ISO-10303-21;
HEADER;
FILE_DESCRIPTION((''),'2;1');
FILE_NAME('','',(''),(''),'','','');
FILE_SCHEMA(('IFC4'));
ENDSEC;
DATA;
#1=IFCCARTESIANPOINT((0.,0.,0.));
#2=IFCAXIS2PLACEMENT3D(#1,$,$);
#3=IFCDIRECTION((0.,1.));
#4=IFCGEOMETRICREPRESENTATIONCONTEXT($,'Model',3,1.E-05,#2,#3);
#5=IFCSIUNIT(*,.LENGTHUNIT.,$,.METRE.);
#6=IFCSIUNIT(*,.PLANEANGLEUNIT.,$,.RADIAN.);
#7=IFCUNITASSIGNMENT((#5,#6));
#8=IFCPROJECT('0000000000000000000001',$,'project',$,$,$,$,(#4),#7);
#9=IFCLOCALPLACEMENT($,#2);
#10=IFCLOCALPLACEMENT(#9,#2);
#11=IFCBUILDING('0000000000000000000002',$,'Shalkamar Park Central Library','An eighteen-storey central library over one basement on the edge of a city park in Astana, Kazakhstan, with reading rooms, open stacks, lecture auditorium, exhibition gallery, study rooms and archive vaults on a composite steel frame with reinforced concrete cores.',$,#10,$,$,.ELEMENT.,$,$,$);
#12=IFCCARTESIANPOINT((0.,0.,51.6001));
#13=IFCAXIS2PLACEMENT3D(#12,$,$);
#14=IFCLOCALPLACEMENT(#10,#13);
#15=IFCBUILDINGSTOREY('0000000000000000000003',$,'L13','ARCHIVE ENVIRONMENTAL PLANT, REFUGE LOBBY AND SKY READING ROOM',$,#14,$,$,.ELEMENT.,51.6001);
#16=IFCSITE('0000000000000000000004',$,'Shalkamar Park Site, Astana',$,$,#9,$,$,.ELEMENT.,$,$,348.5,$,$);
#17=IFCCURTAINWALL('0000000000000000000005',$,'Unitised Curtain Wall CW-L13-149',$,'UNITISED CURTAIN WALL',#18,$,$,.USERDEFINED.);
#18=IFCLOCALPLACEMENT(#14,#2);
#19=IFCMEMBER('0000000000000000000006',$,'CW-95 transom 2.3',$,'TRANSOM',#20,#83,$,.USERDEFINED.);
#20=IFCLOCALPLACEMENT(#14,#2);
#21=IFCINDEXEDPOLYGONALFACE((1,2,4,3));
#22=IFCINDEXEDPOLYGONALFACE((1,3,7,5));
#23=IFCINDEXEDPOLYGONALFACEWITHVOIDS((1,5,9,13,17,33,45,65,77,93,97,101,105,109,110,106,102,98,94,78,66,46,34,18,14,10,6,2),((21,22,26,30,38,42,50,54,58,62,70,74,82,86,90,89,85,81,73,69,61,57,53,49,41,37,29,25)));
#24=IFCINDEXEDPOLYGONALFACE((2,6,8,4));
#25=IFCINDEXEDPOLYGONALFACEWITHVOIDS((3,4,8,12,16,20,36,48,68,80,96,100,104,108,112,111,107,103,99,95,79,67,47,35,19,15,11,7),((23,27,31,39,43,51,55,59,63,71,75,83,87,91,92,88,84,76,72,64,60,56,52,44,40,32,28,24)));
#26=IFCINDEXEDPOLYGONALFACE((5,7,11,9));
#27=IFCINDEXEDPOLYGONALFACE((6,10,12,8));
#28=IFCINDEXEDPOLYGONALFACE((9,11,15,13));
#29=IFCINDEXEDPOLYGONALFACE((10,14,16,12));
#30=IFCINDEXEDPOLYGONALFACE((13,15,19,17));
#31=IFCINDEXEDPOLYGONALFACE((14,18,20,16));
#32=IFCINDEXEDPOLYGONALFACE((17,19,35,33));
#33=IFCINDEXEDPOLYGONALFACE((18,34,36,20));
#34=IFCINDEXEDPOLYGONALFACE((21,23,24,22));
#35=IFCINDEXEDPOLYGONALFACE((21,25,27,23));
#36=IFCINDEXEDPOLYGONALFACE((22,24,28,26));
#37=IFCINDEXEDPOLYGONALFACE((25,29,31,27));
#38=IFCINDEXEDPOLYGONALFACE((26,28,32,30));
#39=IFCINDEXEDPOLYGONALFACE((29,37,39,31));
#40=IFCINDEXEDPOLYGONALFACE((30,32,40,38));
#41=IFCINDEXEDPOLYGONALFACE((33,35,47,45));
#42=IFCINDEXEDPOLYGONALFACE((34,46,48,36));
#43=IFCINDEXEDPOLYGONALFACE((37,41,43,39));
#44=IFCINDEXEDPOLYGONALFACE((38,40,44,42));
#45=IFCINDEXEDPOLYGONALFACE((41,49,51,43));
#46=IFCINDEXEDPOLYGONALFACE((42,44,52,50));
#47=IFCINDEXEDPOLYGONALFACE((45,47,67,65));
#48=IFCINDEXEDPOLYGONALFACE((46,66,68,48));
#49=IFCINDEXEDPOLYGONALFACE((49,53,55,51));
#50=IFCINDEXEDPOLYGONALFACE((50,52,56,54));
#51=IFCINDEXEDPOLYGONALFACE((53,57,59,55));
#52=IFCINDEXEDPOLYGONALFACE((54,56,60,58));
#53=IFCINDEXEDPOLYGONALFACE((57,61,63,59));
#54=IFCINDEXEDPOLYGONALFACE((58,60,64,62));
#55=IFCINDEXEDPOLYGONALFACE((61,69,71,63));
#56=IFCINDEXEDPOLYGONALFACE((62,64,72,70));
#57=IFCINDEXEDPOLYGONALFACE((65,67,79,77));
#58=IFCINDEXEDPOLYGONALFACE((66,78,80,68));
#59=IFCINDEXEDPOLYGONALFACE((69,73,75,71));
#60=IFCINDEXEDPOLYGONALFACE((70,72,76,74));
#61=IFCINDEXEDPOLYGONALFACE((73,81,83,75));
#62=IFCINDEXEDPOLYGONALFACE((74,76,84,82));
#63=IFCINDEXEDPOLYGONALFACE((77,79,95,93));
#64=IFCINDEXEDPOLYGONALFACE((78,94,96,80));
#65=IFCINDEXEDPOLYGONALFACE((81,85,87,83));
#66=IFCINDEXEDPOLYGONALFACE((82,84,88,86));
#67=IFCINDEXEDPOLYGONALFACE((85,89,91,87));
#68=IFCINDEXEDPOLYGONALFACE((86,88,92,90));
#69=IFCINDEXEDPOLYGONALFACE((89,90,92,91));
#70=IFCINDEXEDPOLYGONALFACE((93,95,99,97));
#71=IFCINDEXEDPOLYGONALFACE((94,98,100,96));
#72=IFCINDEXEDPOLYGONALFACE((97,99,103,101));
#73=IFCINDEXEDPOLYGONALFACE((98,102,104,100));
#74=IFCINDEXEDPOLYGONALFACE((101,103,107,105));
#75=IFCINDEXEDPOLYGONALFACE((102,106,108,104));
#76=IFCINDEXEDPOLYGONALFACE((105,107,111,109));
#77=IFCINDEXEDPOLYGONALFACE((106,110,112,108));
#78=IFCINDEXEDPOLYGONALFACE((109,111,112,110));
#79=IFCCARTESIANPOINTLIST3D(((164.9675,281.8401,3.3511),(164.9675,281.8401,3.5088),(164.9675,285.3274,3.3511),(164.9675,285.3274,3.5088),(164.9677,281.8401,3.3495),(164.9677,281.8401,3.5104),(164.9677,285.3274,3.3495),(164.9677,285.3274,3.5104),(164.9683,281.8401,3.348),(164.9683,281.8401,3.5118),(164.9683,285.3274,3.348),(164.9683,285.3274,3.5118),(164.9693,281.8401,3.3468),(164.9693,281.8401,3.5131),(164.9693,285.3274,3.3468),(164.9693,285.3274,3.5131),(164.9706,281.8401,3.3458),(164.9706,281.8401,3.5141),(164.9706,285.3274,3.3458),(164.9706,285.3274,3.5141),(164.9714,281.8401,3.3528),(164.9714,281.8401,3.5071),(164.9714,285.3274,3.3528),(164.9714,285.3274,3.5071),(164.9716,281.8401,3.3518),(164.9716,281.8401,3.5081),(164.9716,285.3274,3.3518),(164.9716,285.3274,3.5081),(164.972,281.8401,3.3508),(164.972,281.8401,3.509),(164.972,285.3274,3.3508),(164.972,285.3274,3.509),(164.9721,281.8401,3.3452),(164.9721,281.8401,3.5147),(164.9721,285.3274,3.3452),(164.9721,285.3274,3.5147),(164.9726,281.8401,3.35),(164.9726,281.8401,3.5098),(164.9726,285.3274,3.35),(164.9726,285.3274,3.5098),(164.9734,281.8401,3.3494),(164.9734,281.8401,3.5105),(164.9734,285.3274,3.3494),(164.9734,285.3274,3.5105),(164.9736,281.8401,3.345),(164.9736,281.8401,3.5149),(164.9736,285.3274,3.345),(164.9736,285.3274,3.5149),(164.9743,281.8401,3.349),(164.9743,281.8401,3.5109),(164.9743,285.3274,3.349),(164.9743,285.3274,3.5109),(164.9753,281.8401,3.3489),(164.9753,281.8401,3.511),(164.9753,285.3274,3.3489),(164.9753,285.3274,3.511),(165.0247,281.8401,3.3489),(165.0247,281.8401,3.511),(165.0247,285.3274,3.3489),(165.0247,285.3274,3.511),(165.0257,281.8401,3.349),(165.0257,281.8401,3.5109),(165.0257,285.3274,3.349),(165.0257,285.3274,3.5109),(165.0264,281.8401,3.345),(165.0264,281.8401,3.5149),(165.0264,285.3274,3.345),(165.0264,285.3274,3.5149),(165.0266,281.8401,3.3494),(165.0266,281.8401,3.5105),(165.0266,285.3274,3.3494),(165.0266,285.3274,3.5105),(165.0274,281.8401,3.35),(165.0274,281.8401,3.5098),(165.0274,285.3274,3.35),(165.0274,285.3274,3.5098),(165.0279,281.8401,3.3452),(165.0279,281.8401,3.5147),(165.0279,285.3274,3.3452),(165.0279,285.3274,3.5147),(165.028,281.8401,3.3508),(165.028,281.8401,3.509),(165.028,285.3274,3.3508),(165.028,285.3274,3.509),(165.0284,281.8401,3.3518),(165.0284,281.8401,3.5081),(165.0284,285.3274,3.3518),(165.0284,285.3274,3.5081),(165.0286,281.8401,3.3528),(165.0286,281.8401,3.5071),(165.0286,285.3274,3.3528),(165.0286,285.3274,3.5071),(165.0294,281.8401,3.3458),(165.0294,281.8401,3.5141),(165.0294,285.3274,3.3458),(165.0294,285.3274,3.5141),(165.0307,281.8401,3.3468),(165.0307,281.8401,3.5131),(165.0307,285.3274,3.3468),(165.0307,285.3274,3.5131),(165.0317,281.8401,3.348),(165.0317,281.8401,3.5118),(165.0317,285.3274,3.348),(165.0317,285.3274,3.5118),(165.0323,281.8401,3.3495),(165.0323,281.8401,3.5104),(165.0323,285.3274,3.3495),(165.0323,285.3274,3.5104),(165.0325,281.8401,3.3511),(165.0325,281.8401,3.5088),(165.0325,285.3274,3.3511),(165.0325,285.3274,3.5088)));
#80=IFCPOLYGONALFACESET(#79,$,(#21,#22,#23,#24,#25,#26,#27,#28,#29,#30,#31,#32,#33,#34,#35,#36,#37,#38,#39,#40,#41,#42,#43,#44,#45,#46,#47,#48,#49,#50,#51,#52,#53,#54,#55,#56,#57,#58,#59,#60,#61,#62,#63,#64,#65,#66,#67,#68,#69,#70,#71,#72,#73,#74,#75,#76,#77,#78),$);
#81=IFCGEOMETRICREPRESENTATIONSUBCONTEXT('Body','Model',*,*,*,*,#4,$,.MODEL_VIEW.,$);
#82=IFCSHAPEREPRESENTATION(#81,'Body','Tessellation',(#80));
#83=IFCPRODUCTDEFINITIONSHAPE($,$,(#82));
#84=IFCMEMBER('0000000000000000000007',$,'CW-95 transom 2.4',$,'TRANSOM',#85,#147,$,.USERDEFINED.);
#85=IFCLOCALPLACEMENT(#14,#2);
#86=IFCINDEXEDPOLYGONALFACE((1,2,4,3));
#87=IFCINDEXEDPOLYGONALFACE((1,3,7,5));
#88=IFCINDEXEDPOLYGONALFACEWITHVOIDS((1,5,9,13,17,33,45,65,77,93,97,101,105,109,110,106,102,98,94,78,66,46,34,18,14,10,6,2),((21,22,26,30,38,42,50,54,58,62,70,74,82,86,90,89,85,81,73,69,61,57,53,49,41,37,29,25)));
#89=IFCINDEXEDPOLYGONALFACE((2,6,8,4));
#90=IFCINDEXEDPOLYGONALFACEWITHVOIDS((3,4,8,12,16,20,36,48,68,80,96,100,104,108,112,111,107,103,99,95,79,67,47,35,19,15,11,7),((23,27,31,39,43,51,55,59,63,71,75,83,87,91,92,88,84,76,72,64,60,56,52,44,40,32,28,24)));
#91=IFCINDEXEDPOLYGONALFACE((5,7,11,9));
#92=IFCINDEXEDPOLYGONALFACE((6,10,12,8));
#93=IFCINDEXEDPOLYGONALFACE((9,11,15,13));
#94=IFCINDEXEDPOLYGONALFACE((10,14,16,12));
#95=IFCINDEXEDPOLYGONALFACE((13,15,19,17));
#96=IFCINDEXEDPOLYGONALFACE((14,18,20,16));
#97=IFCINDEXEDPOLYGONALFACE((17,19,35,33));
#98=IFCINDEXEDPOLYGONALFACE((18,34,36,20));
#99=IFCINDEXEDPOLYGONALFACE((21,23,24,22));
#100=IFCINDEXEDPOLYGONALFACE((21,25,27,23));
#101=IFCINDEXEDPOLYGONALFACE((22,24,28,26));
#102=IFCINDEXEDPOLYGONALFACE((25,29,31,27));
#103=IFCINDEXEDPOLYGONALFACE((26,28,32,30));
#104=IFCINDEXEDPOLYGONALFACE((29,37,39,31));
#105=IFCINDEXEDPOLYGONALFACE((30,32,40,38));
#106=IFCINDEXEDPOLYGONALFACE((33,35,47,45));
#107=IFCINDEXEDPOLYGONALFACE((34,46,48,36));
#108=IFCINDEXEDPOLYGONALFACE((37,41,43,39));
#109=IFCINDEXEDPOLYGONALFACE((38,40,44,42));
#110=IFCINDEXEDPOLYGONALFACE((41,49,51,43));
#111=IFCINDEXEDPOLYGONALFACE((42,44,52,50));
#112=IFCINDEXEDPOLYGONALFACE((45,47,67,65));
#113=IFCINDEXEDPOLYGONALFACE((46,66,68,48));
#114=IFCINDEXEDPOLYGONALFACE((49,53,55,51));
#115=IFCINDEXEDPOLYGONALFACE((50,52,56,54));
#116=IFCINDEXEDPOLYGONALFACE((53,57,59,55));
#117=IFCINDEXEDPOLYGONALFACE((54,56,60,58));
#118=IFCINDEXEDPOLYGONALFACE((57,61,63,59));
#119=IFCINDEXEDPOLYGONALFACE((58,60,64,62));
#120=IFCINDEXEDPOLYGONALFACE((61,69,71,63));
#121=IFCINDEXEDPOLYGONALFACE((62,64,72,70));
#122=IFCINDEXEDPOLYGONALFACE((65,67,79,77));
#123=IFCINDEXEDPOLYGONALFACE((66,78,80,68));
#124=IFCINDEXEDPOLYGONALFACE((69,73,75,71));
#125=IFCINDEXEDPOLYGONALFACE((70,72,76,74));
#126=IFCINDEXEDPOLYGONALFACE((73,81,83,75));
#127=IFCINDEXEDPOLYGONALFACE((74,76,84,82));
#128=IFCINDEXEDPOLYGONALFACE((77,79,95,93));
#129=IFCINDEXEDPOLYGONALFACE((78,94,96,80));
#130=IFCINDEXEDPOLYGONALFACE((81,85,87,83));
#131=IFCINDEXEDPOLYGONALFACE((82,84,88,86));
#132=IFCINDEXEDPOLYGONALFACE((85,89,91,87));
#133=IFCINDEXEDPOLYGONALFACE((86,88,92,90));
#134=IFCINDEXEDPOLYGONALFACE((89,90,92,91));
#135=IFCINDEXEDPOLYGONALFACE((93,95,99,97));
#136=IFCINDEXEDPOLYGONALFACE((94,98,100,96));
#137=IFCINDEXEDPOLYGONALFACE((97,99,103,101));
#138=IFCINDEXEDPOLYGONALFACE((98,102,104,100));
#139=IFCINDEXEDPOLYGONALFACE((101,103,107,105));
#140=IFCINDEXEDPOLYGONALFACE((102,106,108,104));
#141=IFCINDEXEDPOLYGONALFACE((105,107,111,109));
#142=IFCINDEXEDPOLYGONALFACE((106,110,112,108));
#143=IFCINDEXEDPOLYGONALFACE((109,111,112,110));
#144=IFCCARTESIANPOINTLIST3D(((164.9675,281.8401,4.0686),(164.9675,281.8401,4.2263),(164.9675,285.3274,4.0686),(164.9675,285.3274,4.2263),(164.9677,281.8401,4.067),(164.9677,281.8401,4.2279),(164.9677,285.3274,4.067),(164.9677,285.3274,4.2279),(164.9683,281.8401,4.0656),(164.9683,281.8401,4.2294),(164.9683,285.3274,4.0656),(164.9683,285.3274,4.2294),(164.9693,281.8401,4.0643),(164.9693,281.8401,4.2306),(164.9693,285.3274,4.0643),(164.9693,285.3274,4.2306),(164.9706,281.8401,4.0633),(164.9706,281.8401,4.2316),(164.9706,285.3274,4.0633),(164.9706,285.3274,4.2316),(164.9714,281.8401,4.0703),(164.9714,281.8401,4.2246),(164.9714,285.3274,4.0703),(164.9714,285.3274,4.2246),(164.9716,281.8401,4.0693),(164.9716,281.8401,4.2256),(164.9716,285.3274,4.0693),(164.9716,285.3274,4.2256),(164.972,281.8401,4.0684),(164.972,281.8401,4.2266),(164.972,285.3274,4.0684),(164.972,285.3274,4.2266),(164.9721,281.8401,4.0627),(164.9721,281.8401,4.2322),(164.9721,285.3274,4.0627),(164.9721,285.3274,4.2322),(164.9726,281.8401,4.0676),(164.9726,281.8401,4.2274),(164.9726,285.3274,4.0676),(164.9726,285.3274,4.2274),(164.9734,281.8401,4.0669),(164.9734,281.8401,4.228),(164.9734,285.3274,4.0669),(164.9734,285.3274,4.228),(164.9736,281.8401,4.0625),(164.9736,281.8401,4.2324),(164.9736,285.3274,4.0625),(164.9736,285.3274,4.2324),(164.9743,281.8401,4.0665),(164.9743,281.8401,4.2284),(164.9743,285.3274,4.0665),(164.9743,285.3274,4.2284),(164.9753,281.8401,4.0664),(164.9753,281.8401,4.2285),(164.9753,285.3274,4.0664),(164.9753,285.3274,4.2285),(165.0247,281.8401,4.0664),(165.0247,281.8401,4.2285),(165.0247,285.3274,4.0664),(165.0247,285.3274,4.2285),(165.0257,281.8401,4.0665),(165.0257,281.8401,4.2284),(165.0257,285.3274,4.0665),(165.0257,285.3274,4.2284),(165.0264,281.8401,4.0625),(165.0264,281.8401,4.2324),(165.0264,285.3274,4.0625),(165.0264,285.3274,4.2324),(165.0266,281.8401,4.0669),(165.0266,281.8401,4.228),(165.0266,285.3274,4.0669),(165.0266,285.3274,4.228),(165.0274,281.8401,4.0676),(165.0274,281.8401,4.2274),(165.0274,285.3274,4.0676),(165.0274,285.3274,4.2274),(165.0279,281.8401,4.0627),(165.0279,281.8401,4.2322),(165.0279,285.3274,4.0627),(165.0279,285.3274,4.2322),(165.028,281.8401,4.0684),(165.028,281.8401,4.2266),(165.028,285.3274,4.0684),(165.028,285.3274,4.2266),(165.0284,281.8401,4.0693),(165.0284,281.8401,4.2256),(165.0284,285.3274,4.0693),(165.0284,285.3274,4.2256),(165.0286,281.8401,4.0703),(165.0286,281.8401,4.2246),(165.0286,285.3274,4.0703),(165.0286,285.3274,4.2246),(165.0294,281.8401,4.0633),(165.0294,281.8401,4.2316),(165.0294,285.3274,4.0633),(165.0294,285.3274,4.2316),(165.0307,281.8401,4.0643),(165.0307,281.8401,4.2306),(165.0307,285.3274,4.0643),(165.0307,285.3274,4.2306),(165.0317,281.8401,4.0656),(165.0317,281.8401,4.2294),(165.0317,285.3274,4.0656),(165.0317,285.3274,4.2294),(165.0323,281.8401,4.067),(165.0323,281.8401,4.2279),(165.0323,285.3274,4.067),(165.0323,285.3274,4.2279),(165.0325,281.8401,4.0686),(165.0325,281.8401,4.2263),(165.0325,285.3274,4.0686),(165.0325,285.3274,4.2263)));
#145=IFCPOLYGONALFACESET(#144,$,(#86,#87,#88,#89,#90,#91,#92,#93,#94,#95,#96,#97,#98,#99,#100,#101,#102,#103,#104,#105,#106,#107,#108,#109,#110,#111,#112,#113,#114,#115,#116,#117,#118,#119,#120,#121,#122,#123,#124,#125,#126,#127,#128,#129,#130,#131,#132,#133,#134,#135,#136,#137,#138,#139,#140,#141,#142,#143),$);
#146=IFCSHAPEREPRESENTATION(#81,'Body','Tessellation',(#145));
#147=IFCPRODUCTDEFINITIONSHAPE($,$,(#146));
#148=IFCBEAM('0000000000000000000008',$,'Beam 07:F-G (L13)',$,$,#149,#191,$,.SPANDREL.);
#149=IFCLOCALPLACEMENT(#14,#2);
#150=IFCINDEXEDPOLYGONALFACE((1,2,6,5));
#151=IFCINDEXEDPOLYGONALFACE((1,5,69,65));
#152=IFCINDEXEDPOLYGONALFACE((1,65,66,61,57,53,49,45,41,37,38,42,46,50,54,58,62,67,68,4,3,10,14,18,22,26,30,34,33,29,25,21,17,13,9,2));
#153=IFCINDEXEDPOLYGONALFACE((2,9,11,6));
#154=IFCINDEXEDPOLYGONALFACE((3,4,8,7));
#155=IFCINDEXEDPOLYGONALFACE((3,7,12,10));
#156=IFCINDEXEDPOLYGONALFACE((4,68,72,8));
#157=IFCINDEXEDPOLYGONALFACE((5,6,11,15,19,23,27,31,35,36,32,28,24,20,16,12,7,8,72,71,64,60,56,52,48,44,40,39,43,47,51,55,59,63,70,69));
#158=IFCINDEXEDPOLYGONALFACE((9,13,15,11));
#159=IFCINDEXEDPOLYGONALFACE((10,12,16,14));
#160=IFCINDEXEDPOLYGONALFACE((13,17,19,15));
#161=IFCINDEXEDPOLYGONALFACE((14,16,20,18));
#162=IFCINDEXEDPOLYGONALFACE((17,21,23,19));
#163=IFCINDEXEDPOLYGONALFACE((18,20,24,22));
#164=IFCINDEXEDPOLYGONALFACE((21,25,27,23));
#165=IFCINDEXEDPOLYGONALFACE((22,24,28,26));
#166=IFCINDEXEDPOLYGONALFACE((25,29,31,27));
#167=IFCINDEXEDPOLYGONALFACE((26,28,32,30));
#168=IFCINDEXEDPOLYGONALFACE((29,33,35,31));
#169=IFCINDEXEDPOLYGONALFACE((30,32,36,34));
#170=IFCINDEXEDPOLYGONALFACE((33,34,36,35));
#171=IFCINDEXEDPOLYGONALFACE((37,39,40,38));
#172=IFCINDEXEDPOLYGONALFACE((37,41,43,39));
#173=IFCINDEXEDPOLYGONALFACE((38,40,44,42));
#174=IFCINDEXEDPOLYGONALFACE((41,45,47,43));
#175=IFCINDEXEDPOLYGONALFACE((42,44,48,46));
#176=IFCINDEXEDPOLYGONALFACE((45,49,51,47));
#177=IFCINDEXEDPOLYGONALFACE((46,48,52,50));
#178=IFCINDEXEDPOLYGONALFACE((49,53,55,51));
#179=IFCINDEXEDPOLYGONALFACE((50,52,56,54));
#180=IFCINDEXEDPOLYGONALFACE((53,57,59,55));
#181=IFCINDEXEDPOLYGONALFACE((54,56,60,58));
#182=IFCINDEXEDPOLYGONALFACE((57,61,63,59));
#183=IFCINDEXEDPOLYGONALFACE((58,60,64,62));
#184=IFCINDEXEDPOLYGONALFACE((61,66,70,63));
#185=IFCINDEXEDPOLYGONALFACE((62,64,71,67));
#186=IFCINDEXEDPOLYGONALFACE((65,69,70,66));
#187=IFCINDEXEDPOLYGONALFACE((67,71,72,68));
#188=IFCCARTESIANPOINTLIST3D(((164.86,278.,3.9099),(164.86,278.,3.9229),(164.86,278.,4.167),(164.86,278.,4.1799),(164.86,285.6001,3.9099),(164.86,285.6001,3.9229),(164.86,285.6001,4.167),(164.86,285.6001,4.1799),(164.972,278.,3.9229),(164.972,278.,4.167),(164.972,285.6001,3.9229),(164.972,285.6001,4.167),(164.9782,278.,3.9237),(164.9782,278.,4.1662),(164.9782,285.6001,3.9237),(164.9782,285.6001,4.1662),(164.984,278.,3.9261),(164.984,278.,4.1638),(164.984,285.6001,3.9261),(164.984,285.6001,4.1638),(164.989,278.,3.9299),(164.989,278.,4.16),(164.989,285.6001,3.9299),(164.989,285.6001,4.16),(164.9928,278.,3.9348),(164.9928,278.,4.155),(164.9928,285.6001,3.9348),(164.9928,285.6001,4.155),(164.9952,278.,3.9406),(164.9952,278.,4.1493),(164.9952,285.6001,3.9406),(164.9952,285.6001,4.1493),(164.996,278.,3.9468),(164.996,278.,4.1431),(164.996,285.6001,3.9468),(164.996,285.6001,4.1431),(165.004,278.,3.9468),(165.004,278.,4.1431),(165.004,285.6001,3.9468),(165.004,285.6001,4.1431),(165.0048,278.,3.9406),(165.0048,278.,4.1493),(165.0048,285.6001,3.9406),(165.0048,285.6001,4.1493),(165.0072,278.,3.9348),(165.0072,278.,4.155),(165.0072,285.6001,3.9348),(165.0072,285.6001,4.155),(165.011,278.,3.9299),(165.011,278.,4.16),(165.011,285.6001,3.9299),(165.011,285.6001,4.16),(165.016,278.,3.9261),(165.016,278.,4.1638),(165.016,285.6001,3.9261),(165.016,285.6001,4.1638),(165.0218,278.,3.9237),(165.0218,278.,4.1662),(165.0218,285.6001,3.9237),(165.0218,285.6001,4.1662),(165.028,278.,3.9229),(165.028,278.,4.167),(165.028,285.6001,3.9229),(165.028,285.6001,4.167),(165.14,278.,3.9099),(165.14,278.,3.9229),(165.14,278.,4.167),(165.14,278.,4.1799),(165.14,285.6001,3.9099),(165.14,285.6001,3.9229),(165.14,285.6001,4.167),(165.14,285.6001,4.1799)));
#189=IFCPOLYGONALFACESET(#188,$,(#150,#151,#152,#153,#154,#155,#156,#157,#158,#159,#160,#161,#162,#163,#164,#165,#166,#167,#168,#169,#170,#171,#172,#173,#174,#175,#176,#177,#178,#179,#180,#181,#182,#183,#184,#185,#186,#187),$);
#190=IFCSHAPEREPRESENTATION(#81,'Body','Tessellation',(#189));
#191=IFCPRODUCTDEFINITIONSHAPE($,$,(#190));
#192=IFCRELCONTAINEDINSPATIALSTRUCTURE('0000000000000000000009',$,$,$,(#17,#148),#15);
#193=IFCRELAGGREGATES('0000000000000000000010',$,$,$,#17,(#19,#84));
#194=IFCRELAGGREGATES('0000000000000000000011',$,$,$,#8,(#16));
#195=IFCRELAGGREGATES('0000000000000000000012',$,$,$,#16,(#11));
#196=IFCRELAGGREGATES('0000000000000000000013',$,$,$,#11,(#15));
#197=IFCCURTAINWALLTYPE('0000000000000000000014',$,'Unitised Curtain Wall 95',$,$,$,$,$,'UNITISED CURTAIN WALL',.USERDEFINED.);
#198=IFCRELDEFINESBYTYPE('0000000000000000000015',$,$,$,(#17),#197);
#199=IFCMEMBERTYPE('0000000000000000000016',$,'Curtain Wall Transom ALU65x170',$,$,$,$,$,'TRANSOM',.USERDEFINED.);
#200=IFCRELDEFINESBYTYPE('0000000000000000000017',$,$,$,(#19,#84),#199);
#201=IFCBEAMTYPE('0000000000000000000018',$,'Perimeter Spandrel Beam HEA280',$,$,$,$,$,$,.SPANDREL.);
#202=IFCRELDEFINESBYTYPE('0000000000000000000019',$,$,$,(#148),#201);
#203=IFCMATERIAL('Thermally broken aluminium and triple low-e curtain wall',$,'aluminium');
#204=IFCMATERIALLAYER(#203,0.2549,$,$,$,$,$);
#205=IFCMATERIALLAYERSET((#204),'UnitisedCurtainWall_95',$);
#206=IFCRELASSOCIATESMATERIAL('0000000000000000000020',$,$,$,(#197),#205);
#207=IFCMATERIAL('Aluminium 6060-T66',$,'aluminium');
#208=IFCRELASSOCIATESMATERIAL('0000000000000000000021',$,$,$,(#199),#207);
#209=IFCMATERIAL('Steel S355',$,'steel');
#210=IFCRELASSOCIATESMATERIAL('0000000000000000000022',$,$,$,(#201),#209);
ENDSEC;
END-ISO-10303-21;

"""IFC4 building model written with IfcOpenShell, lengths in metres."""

from ifc_helpers import new_model, si_unit, direction, frame, origin, origin_2d, place, context, subcontext, project, spatial, hollow_rectangle, i_section, extrude, material, layer, layer_set, material_profile, profile_set, type_object, element, aggregate, save


model = new_model("IFC4")

# Units and contexts
model_context = context("Model", 3, precision=1e-05, world=origin(), true_north=direction((0.0, 1.0)))
body_context = subcontext(model_context, "Body", "Model", "MODEL_VIEW")
ifc_project = project(units=[si_unit("LENGTHUNIT", "METRE"), si_unit("PLANEANGLEUNIT", "RADIAN")], contexts=[model_context])

# Site, building, storey
site_placement = place(None, origin())
site = spatial("IfcSite", under=ifc_project, at=site_placement, Name="Shalkamar Park Site, Astana", CompositionType="ELEMENT", RefElevation=348.5)
building_placement = place(site_placement, origin())
building = spatial("IfcBuilding", under=site, at=building_placement, Name="Shalkamar Park Central Library", Description="An eighteen-storey central library over one basement on the edge of a city park in Astana, Kazakhstan, with reading rooms, open stacks, lecture auditorium, exhibition gallery, study rooms and archive vaults on a composite steel frame with reinforced concrete cores.", CompositionType="ELEMENT")
storey_placement = place(building_placement, frame((0.0, 0.0, 51.6001)))
storey = spatial("IfcBuildingStorey", under=building, at=storey_placement, Name="L13", Description="ARCHIVE ENVIRONMENTAL PLANT, REFUGE LOBBY AND SKY READING ROOM", CompositionType="ELEMENT", Elevation=51.6001)

# Shared definitions
ifc_material_1 = material(Name="Steel S355", Category="steel")

# Curtain wall, members
ifc_material_2 = material(Name="Thermally broken aluminium and triple low-e curtain wall", Category="aluminium")
ifc_layer_1 = layer(ifc_material_2, 0.2549)
ifc_layer_set_1 = layer_set([ifc_layer_1], Name="UnitisedCurtainWall_95")
curtain_wall_type = type_object("IfcCurtainWallType", Name="Unitised Curtain Wall 95", ElementType="UNITISED CURTAIN WALL", PredefinedType="USERDEFINED", material=ifc_layer_set_1)
curtain_wall_placement = place(storey_placement, origin())
curtain_wall = element("IfcCurtainWall", 1, at=curtain_wall_placement, inside=storey, type_object=curtain_wall_type, Name="Unitised Curtain Wall CW-L13-149", ObjectType="UNITISED CURTAIN WALL", PredefinedType="USERDEFINED")
ifc_material_3 = material(Name="Aluminium 6060-T66", Category="aluminium")
ifc_material_profile_1 = material_profile(ifc_material_3, hollow_rectangle(XDim=0.0649, YDim=0.1699, WallThickness=0.0039, InnerFilletRadius=0.0039, OuterFilletRadius=0.0061, at=origin_2d()), Name="ALU 65x170x4")
ifc_profile_set_1 = profile_set([ifc_material_profile_1], Name="Aluminium 6060-T66")
member_type_1 = type_object("IfcMemberType", Name="Curtain Wall Transom ALU65x170", ElementType="TRANSOM", PredefinedType="USERDEFINED", material=ifc_profile_set_1)
member_1_placement = place(storey_placement, frame((165.0, 281.8401, 3.4299), z_axis=(0.0, 1.0, 0.0), x_axis=(-1.0, 0.0, 0.0)))
member_1 = element("IfcMember", 2, at=member_1_placement, type_object=member_type_1, Name="CW-95 transom 2.3", ObjectType="TRANSOM", PredefinedType="USERDEFINED", context=body_context, shape_type="SweptSolid", body=[
    extrude(hollow_rectangle(XDim=0.0649, YDim=0.1699, WallThickness=0.0039, InnerFilletRadius=0.0039, OuterFilletRadius=0.0061, at=origin_2d()), origin(), (0.0, 0.0, 1.0), 3.4873),
])
member_2_placement = place(storey_placement, frame((165.0, 281.8401, 4.1475), z_axis=(0.0, 1.0, 0.0), x_axis=(-1.0, 0.0, 0.0)))
member_2 = element("IfcMember", 3, at=member_2_placement, type_object=member_type_1, Name="CW-95 transom 2.4", ObjectType="TRANSOM", PredefinedType="USERDEFINED", context=body_context, shape_type="SweptSolid", body=[
    extrude(hollow_rectangle(XDim=0.0649, YDim=0.1699, WallThickness=0.0039, InnerFilletRadius=0.0039, OuterFilletRadius=0.0061, at=origin_2d()), origin(), (0.0, 0.0, 1.0), 3.4873),
])

# Beam
ifc_material_profile_2 = material_profile(ifc_material_1, i_section(OverallWidth=0.28, OverallDepth=0.27, WebThickness=0.0081, FlangeThickness=0.0129, FilletRadius=0.0239, at=origin_2d()), Name="HEA 280")
ifc_profile_set_2 = profile_set([ifc_material_profile_2], Name="Steel S355")
beam_type_1 = type_object("IfcBeamType", Name="Perimeter Spandrel Beam HEA280", PredefinedType="SPANDREL", material=ifc_profile_set_2)
beam_1_placement = place(storey_placement, frame((165.0, 278.0, 4.0449), z_axis=(0.0, 1.0, 0.0), x_axis=(-1.0, 0.0, 0.0)))
element("IfcBeam", 4, at=beam_1_placement, inside=storey, type_object=beam_type_1, Name="Beam 07:F-G (L13)", PredefinedType="SPANDREL", context=body_context, shape_type="SweptSolid", body=[
    extrude(i_section(OverallWidth=0.28, OverallDepth=0.27, WebThickness=0.0081, FlangeThickness=0.0129, FilletRadius=0.0239, at=origin_2d()), origin(), (0.0, 0.0, 1.0), 7.6001),
])

aggregate(curtain_wall, [member_1, member_2])

save(model, "model.ifc")
